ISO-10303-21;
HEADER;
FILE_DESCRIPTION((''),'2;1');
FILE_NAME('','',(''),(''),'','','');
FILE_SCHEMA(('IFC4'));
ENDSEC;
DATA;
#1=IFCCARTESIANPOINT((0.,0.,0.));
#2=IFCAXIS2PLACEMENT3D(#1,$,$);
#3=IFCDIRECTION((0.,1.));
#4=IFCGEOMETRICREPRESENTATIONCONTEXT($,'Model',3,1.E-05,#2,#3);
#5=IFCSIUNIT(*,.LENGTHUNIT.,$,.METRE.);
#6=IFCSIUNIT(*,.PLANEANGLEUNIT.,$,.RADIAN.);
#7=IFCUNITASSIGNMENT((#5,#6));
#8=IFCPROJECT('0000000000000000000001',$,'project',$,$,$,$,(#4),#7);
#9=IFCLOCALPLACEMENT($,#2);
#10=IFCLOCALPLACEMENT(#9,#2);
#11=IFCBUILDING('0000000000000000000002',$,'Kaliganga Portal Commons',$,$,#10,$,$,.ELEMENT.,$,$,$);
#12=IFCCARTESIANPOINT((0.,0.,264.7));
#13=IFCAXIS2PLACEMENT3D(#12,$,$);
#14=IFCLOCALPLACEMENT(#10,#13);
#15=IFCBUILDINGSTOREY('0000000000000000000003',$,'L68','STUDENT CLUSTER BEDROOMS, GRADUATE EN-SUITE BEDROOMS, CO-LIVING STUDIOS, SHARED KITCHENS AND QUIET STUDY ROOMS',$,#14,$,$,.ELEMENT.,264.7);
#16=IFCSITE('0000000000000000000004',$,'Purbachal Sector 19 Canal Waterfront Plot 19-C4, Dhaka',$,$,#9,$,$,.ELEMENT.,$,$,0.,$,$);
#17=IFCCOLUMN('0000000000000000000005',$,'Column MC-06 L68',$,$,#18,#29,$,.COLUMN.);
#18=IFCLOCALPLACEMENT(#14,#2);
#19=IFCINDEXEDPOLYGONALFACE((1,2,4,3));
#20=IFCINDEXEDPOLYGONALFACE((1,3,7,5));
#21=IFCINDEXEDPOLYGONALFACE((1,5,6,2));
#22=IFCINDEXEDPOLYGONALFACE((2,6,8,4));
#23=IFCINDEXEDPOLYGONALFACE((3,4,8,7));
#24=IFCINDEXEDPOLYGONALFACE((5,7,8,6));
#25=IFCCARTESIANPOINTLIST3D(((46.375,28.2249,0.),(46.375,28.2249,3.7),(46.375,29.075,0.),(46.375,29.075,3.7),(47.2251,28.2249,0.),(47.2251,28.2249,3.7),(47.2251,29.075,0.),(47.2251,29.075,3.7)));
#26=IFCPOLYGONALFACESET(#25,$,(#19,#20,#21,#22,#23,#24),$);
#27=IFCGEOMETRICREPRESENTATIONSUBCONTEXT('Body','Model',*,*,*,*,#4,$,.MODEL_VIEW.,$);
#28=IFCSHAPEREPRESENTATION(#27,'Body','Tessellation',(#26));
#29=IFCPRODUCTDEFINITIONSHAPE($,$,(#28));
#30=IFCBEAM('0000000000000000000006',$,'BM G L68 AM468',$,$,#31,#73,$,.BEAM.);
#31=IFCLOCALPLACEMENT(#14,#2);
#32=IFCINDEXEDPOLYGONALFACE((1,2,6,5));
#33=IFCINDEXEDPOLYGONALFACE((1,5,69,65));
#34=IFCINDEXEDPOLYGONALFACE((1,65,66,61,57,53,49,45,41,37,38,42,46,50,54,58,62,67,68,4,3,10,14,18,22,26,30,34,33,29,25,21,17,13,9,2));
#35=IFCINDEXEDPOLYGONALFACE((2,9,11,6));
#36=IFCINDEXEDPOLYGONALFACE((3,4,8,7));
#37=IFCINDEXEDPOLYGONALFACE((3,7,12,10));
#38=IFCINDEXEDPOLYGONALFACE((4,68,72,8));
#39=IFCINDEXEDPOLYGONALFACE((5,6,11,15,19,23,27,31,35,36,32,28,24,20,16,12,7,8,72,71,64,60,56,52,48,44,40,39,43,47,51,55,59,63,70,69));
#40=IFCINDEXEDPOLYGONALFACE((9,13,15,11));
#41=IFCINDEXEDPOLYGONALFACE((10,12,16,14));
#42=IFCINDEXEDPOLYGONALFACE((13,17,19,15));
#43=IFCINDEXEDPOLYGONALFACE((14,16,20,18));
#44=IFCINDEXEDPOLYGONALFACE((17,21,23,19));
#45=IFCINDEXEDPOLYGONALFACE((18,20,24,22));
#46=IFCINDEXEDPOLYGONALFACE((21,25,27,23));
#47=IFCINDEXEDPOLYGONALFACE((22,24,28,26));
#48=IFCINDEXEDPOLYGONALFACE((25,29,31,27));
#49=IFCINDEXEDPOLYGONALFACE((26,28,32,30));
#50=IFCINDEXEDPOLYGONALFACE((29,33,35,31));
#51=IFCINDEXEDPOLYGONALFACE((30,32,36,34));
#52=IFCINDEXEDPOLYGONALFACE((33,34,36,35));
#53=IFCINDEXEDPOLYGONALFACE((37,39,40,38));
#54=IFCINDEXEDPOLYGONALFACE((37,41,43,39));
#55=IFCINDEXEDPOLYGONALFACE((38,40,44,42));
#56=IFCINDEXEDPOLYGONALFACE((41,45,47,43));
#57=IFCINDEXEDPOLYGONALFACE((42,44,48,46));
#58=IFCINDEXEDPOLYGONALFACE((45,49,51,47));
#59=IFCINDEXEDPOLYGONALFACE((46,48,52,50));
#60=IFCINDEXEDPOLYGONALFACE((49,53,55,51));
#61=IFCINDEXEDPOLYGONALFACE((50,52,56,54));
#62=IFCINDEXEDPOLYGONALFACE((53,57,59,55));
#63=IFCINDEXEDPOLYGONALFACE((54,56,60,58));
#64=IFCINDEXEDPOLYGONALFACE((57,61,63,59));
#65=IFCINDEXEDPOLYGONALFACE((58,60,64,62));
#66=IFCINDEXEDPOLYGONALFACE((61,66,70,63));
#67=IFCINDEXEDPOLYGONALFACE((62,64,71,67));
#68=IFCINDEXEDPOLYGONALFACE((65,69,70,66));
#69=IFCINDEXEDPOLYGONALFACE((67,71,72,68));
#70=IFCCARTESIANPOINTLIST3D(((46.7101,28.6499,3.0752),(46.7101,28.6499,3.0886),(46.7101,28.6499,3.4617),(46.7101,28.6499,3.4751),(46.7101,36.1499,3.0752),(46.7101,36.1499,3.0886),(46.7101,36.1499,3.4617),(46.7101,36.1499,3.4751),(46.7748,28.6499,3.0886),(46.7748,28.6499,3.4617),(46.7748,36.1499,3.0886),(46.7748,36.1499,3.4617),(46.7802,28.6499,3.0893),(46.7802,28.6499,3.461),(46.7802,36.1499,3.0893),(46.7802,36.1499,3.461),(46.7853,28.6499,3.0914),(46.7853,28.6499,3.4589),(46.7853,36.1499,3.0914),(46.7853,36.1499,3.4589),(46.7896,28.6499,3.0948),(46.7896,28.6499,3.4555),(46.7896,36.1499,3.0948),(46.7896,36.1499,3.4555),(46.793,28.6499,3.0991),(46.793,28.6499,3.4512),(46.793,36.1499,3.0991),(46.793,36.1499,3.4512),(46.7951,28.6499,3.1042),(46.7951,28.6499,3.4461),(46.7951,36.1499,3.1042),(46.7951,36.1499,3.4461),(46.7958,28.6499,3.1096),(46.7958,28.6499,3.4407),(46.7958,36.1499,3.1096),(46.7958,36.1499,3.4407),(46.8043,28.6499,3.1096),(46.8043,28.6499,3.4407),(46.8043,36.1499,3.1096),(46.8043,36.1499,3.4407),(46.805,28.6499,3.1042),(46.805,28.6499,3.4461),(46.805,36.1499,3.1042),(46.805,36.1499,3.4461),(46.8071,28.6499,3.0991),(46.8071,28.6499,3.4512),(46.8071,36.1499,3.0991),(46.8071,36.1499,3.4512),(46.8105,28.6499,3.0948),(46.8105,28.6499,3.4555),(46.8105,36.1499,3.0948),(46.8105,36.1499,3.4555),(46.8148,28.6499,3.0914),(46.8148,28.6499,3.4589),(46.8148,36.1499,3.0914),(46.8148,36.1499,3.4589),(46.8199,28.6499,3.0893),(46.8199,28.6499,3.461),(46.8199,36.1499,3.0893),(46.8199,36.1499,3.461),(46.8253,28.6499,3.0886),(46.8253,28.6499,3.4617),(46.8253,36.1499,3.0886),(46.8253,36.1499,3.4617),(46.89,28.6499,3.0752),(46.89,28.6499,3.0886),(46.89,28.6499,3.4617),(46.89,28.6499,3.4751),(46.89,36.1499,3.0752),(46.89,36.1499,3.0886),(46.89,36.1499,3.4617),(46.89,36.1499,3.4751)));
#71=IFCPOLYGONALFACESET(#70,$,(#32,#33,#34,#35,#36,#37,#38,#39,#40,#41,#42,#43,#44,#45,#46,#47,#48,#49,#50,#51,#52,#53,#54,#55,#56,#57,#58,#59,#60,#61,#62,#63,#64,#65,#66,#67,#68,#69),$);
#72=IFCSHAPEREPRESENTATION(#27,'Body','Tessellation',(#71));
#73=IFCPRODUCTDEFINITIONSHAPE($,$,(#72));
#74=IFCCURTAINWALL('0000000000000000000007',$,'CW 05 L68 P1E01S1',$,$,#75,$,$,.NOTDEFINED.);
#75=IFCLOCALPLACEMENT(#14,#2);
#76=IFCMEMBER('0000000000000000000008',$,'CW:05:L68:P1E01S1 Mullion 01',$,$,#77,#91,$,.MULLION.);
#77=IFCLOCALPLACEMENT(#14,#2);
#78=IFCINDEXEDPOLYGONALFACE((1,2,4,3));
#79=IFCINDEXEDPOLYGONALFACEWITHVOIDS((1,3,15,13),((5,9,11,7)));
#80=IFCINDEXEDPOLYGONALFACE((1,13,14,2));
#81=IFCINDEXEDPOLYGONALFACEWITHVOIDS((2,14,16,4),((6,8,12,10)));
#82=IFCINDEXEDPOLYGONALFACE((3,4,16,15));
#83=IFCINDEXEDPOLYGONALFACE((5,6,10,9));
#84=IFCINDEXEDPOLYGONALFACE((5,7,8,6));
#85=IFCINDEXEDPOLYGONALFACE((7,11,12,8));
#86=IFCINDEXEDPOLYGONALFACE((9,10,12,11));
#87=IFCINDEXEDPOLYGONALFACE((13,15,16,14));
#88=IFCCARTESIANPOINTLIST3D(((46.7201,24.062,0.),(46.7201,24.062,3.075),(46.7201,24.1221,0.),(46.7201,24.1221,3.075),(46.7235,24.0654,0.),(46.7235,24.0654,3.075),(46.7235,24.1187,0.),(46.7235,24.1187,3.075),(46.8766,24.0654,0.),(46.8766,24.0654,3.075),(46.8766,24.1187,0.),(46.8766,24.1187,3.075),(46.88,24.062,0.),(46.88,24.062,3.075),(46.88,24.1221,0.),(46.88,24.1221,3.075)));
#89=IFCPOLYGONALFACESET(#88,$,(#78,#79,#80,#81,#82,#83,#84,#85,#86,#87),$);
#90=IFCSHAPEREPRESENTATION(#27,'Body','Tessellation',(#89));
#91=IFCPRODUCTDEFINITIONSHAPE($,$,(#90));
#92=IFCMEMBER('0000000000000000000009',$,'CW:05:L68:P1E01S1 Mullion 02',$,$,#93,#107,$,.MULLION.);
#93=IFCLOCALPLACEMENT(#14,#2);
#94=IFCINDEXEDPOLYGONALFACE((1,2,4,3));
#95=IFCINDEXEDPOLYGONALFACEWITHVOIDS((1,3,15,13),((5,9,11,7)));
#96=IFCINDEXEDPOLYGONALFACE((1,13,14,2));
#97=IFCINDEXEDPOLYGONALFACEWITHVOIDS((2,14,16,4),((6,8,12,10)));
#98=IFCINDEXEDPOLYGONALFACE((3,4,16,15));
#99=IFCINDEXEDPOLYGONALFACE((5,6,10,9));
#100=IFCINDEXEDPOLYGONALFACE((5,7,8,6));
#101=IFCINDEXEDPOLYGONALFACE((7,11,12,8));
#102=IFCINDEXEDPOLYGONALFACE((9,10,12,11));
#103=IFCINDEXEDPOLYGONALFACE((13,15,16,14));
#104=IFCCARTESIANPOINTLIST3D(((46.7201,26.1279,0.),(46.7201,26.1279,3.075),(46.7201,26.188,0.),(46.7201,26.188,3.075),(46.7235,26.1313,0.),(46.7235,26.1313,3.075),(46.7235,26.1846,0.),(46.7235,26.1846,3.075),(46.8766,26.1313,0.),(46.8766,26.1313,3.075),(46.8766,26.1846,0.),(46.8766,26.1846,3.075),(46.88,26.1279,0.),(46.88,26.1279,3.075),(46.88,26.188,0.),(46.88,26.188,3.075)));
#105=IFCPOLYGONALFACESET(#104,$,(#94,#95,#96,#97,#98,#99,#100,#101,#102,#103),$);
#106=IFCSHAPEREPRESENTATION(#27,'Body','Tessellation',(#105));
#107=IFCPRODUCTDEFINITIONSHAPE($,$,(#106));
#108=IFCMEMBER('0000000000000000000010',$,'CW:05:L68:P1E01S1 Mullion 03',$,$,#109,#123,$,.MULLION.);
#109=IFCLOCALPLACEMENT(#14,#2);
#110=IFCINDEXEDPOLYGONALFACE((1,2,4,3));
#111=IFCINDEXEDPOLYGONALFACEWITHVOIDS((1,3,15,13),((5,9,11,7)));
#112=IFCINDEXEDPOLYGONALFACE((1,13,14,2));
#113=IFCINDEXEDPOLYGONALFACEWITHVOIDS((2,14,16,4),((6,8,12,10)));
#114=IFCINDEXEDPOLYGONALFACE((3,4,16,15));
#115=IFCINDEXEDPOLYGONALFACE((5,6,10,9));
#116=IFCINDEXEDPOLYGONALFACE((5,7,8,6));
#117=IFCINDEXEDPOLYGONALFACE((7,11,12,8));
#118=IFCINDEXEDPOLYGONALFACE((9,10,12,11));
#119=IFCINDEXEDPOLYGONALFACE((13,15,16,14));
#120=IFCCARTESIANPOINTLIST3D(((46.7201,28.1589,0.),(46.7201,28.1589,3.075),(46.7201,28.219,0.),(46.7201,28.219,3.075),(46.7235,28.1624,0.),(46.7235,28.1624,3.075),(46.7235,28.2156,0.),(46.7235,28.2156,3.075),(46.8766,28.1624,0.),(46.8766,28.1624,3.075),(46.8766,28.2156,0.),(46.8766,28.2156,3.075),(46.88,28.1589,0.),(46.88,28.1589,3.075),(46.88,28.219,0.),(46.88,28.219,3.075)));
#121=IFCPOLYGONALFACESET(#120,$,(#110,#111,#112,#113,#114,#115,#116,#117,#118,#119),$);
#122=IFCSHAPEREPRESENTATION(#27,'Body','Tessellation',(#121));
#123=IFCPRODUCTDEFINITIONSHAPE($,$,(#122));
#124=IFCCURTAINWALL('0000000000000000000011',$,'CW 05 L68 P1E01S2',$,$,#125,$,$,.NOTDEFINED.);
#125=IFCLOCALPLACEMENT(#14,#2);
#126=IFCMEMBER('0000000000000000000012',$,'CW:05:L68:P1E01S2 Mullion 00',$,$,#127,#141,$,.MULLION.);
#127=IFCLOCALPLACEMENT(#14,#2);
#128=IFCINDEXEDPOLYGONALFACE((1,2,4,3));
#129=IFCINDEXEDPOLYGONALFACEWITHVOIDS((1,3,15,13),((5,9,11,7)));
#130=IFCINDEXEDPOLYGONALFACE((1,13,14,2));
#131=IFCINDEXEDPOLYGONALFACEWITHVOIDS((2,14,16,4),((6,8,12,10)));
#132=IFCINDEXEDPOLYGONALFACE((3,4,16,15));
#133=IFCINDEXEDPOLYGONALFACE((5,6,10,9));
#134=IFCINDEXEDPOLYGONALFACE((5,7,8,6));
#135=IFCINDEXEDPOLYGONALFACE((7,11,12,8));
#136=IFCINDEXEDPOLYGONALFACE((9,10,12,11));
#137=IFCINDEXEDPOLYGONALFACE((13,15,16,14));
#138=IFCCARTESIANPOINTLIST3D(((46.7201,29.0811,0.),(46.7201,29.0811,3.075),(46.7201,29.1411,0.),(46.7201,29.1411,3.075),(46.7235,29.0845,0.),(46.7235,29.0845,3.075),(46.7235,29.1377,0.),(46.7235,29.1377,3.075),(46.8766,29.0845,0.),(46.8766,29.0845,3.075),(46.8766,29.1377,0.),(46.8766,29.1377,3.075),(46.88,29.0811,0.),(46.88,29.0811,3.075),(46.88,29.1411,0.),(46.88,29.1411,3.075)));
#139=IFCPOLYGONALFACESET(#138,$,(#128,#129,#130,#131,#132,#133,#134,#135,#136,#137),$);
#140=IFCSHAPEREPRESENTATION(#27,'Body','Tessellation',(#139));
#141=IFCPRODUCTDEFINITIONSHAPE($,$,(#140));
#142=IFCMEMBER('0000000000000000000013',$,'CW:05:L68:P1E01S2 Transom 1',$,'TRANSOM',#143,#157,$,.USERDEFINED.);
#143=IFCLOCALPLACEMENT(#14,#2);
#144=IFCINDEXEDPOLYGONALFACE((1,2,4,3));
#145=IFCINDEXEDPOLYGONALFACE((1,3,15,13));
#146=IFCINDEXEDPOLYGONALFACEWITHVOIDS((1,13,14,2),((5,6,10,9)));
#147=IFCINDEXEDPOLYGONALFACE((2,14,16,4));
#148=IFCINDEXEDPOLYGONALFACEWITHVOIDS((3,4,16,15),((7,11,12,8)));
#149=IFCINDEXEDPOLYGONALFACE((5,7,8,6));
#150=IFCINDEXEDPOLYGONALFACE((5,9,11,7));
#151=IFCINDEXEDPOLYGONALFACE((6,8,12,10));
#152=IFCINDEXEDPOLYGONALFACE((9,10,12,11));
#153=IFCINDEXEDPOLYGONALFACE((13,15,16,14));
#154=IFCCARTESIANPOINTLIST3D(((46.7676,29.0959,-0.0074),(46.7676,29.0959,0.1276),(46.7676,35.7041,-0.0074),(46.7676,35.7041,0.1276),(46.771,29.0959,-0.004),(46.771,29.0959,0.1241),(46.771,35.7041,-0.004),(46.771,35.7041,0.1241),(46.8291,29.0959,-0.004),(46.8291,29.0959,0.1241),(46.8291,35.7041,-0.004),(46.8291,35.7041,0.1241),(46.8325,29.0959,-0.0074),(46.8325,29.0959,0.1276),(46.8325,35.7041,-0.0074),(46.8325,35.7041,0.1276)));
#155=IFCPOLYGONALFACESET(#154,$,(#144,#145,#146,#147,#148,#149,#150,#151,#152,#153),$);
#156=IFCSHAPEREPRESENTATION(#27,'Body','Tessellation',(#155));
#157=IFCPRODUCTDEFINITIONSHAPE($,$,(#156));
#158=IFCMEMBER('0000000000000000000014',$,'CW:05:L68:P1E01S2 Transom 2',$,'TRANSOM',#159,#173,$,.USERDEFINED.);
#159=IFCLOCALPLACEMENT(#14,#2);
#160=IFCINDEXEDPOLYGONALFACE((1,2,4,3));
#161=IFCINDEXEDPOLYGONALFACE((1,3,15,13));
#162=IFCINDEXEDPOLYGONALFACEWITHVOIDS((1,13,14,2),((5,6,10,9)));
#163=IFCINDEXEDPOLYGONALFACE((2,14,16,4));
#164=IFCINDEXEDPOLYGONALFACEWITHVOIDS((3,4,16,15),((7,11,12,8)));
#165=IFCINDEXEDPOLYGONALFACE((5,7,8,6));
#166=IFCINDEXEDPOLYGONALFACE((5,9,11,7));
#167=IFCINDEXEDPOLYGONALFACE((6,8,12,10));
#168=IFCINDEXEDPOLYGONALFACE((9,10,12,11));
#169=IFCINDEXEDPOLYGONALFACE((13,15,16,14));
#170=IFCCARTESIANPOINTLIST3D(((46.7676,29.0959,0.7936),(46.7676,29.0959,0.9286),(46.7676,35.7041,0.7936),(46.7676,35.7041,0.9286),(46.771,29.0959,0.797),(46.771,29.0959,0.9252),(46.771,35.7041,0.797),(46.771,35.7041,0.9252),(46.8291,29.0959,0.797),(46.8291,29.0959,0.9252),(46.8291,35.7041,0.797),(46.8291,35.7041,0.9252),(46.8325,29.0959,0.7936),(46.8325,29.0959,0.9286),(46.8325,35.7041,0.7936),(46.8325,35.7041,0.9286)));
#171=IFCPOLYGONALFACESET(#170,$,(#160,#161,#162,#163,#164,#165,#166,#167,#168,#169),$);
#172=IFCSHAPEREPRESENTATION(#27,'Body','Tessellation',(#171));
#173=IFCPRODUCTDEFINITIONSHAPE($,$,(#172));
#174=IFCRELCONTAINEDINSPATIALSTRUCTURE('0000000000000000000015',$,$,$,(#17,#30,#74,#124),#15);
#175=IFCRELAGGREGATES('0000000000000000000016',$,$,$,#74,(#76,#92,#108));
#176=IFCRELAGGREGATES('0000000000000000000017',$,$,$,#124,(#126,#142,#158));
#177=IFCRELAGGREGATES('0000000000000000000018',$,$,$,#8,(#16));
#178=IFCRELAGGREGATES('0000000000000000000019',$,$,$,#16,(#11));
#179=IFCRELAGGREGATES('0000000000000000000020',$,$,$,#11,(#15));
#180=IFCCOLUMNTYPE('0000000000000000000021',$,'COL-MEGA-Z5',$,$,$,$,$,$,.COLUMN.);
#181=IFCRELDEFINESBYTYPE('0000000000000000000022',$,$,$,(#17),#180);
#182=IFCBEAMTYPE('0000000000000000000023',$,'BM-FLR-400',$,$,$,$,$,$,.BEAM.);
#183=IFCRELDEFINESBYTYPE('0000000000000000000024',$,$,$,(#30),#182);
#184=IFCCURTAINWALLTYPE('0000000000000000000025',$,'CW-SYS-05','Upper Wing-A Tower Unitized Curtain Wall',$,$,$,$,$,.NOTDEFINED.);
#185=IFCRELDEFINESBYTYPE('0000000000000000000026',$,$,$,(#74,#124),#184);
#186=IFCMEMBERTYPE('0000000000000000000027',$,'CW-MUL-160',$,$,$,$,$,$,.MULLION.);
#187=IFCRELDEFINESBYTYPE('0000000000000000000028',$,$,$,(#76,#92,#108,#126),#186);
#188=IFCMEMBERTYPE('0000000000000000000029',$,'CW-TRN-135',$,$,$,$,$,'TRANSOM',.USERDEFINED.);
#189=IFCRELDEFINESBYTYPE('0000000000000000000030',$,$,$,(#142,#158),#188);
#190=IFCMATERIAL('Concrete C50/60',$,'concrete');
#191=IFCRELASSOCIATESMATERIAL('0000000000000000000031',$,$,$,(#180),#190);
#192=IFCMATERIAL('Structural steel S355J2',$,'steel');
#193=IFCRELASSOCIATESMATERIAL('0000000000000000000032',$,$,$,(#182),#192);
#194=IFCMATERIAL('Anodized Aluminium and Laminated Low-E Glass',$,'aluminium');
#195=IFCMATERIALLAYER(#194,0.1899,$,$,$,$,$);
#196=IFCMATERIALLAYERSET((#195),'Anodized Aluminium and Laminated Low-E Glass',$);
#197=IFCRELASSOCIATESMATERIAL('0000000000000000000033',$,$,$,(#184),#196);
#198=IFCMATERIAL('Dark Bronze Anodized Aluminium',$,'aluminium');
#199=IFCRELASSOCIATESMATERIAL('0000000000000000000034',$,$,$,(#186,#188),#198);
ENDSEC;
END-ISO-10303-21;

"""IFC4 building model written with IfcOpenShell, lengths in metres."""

from ifc_helpers import new_model, si_unit, direction, frame, origin, origin_2d, place, context, subcontext, project, spatial, rectangle, hollow_rectangle, i_section, extrude, source, transform, mapped, material, layer, layer_set, material_profile, profile_set, type_object, element, aggregate, save


model = new_model("IFC4")

# Units and contexts
model_context = context("Model", 3, precision=1e-05, world=origin(), true_north=direction((0.0, 1.0)))
body_context = subcontext(model_context, "Body", "Model", "MODEL_VIEW")
ifc_project = project(units=[si_unit("LENGTHUNIT", "METRE"), si_unit("PLANEANGLEUNIT", "RADIAN")], contexts=[model_context])

# Site, building, storey
site_placement = place(None, origin())
site = spatial("IfcSite", under=ifc_project, at=site_placement, Name="Purbachal Sector 19 Canal Waterfront Plot 19-C4, Dhaka", CompositionType="ELEMENT", RefElevation=0.0)
building_placement = place(site_placement, origin())
building = spatial("IfcBuilding", under=site, at=building_placement, Name="Kaliganga Portal Commons", CompositionType="ELEMENT")
storey_placement = place(building_placement, frame((0.0, 0.0, 264.7)))
storey = spatial("IfcBuildingStorey", under=building, at=storey_placement, Name="L68", Description="STUDENT CLUSTER BEDROOMS, GRADUATE EN-SUITE BEDROOMS, CO-LIVING STUDIOS, SHARED KITCHENS AND QUIET STUDY ROOMS", CompositionType="ELEMENT", Elevation=264.7)

# Column
ifc_material_1 = material(Name="Concrete C50/60", Category="concrete")
ifc_material_profile_1 = material_profile(ifc_material_1, rectangle(XDim=0.8501, YDim=0.8501, at=origin_2d()), Name="RC 850x850")
ifc_profile_set_1 = profile_set([ifc_material_profile_1], Name="Concrete C50/60")
column_type = type_object("IfcColumnType", Name="COL-MEGA-Z5", PredefinedType="COLUMN", material=ifc_profile_set_1)
shared_shape_1 = source(origin(), body_context, "Body", "SweptSolid", [
    extrude(rectangle(XDim=0.8501, YDim=0.8501, at=origin_2d()), origin(), (0.0, 0.0, 1.0), 3.7),
])
column_placement = place(storey_placement, frame((46.8, 28.6499, 0.0), z_axis=(0.0, 0.0, 1.0), x_axis=(1.0, 0.0, 0.0)))
element("IfcColumn", 1, at=column_placement, inside=storey, type_object=column_type, Name="Column MC-06 L68", PredefinedType="COLUMN", context=body_context, shape_type="MappedRepresentation", body=[
    mapped(shared_shape_1, transform((0.0, 0.0, 0.0), x_axis=(1.0, 0.0, 0.0), y_axis=(0.0, 1.0, 0.0), z_axis=(0.0, 0.0, 1.0), scale=1.0)),
])

# Beam
ifc_material_2 = material(Name="Structural steel S355J2", Category="steel")
ifc_material_profile_2 = material_profile(ifc_material_2, i_section(OverallWidth=0.1799, OverallDepth=0.3999, WebThickness=0.0085, FlangeThickness=0.0134, FilletRadius=0.021, at=origin_2d()), Name="IPE 400")
ifc_profile_set_2 = profile_set([ifc_material_profile_2], Name="Structural steel S355J2 wide-flange")
beam_type = type_object("IfcBeamType", Name="BM-FLR-400", PredefinedType="BEAM", material=ifc_profile_set_2)
shared_shape_2 = source(origin(), body_context, "Body", "SweptSolid", [
    extrude(i_section(OverallWidth=0.1799, OverallDepth=0.3999, WebThickness=0.0085, FlangeThickness=0.0134, FilletRadius=0.021, at=origin_2d()), origin(), (0.0, 0.0, 1.0), 7.5),
])
beam_placement = place(storey_placement, frame((46.8, 28.6499, 3.2751), z_axis=(0.0, 1.0, 0.0), x_axis=(-1.0, 0.0, 0.0)))
element("IfcBeam", 2, at=beam_placement, inside=storey, type_object=beam_type, Name="BM G L68 AM468", PredefinedType="BEAM", context=body_context, shape_type="MappedRepresentation", body=[
    mapped(shared_shape_2, transform((0.0, 0.0, 0.0), x_axis=(1.0, 0.0, 0.0), y_axis=(0.0, 1.0, 0.0), z_axis=(0.0, 0.0, 1.0), scale=1.0)),
])

# Curtain walls, members
ifc_material_3 = material(Name="Anodized Aluminium and Laminated Low-E Glass", Category="aluminium")
ifc_layer_1 = layer(ifc_material_3, 0.1899)
ifc_layer_set_1 = layer_set([ifc_layer_1], Name="Anodized Aluminium and Laminated Low-E Glass")
curtain_wall_type = type_object("IfcCurtainWallType", Name="CW-SYS-05", Description="Upper Wing-A Tower Unitized Curtain Wall", PredefinedType="NOTDEFINED", material=ifc_layer_set_1)
curtain_wall_1_placement = place(storey_placement, origin())
curtain_wall_1 = element("IfcCurtainWall", 3, at=curtain_wall_1_placement, inside=storey, type_object=curtain_wall_type, Name="CW 05 L68 P1E01S1", PredefinedType="NOTDEFINED")
ifc_material_4 = material(Name="Dark Bronze Anodized Aluminium", Category="aluminium")
ifc_material_profile_3 = material_profile(ifc_material_4, hollow_rectangle(XDim=0.0601, YDim=0.1599, WallThickness=0.0034, at=origin_2d()), Name="ALU MULL 60x160x3.5")
ifc_profile_set_3 = profile_set([ifc_material_profile_3], Name="Dark Bronze Anodized Aluminium")
member_type_1 = type_object("IfcMemberType", Name="CW-MUL-160", PredefinedType="MULLION", material=ifc_profile_set_3)
shared_shape_3 = source(origin(), body_context, "Body", "SweptSolid", [
    extrude(hollow_rectangle(XDim=0.0601, YDim=0.1599, WallThickness=0.0034, at=origin_2d()), origin(), (0.0, 0.0, 1.0), 3.075),
])
member_1_placement = place(storey_placement, frame((46.8, 24.092, 0.0), z_axis=(0.0, 0.0, 1.0), x_axis=(0.0, 1.0, 0.0)))
member_1 = element("IfcMember", 4, at=member_1_placement, type_object=member_type_1, Name="CW:05:L68:P1E01S1 Mullion 01", PredefinedType="MULLION", context=body_context, shape_type="MappedRepresentation", body=[
    mapped(shared_shape_3, transform((0.0, 0.0, 0.0), x_axis=(1.0, 0.0, 0.0), y_axis=(0.0, 1.0, 0.0), z_axis=(0.0, 0.0, 1.0), scale=1.0)),
])
member_2_placement = place(storey_placement, frame((46.8, 26.158, 0.0), z_axis=(0.0, 0.0, 1.0), x_axis=(0.0, 1.0, 0.0)))
member_2 = element("IfcMember", 5, at=member_2_placement, type_object=member_type_1, Name="CW:05:L68:P1E01S1 Mullion 02", PredefinedType="MULLION", context=body_context, shape_type="MappedRepresentation", body=[
    mapped(shared_shape_3, transform((0.0, 0.0, 0.0), x_axis=(1.0, 0.0, 0.0), y_axis=(0.0, 1.0, 0.0), z_axis=(0.0, 0.0, 1.0), scale=1.0)),
])
member_3_placement = place(storey_placement, frame((46.8, 28.189, 0.0), z_axis=(0.0, 0.0, 1.0), x_axis=(0.0, 1.0, 0.0)))
member_3 = element("IfcMember", 6, at=member_3_placement, type_object=member_type_1, Name="CW:05:L68:P1E01S1 Mullion 03", PredefinedType="MULLION", context=body_context, shape_type="MappedRepresentation", body=[
    mapped(shared_shape_3, transform((0.0, 0.0, 0.0), x_axis=(1.0, 0.0, 0.0), y_axis=(0.0, 1.0, 0.0), z_axis=(0.0, 0.0, 1.0), scale=1.0)),
])
curtain_wall_2_placement = place(storey_placement, origin())
curtain_wall_2 = element("IfcCurtainWall", 7, at=curtain_wall_2_placement, inside=storey, type_object=curtain_wall_type, Name="CW 05 L68 P1E01S2", PredefinedType="NOTDEFINED")
member_4_placement = place(storey_placement, frame((46.8, 29.1111, 0.0), z_axis=(0.0, 0.0, 1.0), x_axis=(0.0, 1.0, 0.0)))
member_4 = element("IfcMember", 8, at=member_4_placement, type_object=member_type_1, Name="CW:05:L68:P1E01S2 Mullion 00", PredefinedType="MULLION", context=body_context, shape_type="MappedRepresentation", body=[
    mapped(shared_shape_3, transform((0.0, 0.0, 0.0), x_axis=(1.0, 0.0, 0.0), y_axis=(0.0, 1.0, 0.0), z_axis=(0.0, 0.0, 1.0), scale=1.0)),
])
ifc_material_profile_4 = material_profile(ifc_material_4, hollow_rectangle(XDim=0.0649, YDim=0.135, WallThickness=0.0034, at=origin_2d()), Name="ALU TRAN 65x135x3.5")
ifc_profile_set_4 = profile_set([ifc_material_profile_4], Name="Dark Bronze Anodized Aluminium")
member_type_2 = type_object("IfcMemberType", Name="CW-TRN-135", ElementType="TRANSOM", PredefinedType="USERDEFINED", material=ifc_profile_set_4)
shared_shape_4 = source(origin(), body_context, "Body", "SweptSolid", [
    extrude(hollow_rectangle(XDim=0.0649, YDim=0.135, WallThickness=0.0034, at=origin_2d()), origin(), (0.0, 0.0, 1.0), 6.6082),
])
member_5_placement = place(storey_placement, frame((46.8, 29.0959, 0.0601), z_axis=(0.0, 1.0, 0.0), x_axis=(-1.0, 0.0, 0.0)))
member_5 = element("IfcMember", 9, at=member_5_placement, type_object=member_type_2, Name="CW:05:L68:P1E01S2 Transom 1", ObjectType="TRANSOM", PredefinedType="USERDEFINED", context=body_context, shape_type="MappedRepresentation", body=[
    mapped(shared_shape_4, transform((0.0, 0.0, 0.0), x_axis=(1.0, 0.0, 0.0), y_axis=(0.0, 1.0, 0.0), z_axis=(0.0, 0.0, 1.0), scale=1.0)),
])
member_6_placement = place(storey_placement, frame((46.8, 29.0959, 0.8611), z_axis=(0.0, 1.0, 0.0), x_axis=(-1.0, 0.0, 0.0)))
member_6 = element("IfcMember", 10, at=member_6_placement, type_object=member_type_2, Name="CW:05:L68:P1E01S2 Transom 2", ObjectType="TRANSOM", PredefinedType="USERDEFINED", context=body_context, shape_type="MappedRepresentation", body=[
    mapped(shared_shape_4, transform((0.0, 0.0, 0.0), x_axis=(1.0, 0.0, 0.0), y_axis=(0.0, 1.0, 0.0), z_axis=(0.0, 0.0, 1.0), scale=1.0)),
])

aggregate(curtain_wall_1, [member_1, member_2, member_3])
aggregate(curtain_wall_2, [member_4, member_5, member_6])

save(model, "model.ifc")
